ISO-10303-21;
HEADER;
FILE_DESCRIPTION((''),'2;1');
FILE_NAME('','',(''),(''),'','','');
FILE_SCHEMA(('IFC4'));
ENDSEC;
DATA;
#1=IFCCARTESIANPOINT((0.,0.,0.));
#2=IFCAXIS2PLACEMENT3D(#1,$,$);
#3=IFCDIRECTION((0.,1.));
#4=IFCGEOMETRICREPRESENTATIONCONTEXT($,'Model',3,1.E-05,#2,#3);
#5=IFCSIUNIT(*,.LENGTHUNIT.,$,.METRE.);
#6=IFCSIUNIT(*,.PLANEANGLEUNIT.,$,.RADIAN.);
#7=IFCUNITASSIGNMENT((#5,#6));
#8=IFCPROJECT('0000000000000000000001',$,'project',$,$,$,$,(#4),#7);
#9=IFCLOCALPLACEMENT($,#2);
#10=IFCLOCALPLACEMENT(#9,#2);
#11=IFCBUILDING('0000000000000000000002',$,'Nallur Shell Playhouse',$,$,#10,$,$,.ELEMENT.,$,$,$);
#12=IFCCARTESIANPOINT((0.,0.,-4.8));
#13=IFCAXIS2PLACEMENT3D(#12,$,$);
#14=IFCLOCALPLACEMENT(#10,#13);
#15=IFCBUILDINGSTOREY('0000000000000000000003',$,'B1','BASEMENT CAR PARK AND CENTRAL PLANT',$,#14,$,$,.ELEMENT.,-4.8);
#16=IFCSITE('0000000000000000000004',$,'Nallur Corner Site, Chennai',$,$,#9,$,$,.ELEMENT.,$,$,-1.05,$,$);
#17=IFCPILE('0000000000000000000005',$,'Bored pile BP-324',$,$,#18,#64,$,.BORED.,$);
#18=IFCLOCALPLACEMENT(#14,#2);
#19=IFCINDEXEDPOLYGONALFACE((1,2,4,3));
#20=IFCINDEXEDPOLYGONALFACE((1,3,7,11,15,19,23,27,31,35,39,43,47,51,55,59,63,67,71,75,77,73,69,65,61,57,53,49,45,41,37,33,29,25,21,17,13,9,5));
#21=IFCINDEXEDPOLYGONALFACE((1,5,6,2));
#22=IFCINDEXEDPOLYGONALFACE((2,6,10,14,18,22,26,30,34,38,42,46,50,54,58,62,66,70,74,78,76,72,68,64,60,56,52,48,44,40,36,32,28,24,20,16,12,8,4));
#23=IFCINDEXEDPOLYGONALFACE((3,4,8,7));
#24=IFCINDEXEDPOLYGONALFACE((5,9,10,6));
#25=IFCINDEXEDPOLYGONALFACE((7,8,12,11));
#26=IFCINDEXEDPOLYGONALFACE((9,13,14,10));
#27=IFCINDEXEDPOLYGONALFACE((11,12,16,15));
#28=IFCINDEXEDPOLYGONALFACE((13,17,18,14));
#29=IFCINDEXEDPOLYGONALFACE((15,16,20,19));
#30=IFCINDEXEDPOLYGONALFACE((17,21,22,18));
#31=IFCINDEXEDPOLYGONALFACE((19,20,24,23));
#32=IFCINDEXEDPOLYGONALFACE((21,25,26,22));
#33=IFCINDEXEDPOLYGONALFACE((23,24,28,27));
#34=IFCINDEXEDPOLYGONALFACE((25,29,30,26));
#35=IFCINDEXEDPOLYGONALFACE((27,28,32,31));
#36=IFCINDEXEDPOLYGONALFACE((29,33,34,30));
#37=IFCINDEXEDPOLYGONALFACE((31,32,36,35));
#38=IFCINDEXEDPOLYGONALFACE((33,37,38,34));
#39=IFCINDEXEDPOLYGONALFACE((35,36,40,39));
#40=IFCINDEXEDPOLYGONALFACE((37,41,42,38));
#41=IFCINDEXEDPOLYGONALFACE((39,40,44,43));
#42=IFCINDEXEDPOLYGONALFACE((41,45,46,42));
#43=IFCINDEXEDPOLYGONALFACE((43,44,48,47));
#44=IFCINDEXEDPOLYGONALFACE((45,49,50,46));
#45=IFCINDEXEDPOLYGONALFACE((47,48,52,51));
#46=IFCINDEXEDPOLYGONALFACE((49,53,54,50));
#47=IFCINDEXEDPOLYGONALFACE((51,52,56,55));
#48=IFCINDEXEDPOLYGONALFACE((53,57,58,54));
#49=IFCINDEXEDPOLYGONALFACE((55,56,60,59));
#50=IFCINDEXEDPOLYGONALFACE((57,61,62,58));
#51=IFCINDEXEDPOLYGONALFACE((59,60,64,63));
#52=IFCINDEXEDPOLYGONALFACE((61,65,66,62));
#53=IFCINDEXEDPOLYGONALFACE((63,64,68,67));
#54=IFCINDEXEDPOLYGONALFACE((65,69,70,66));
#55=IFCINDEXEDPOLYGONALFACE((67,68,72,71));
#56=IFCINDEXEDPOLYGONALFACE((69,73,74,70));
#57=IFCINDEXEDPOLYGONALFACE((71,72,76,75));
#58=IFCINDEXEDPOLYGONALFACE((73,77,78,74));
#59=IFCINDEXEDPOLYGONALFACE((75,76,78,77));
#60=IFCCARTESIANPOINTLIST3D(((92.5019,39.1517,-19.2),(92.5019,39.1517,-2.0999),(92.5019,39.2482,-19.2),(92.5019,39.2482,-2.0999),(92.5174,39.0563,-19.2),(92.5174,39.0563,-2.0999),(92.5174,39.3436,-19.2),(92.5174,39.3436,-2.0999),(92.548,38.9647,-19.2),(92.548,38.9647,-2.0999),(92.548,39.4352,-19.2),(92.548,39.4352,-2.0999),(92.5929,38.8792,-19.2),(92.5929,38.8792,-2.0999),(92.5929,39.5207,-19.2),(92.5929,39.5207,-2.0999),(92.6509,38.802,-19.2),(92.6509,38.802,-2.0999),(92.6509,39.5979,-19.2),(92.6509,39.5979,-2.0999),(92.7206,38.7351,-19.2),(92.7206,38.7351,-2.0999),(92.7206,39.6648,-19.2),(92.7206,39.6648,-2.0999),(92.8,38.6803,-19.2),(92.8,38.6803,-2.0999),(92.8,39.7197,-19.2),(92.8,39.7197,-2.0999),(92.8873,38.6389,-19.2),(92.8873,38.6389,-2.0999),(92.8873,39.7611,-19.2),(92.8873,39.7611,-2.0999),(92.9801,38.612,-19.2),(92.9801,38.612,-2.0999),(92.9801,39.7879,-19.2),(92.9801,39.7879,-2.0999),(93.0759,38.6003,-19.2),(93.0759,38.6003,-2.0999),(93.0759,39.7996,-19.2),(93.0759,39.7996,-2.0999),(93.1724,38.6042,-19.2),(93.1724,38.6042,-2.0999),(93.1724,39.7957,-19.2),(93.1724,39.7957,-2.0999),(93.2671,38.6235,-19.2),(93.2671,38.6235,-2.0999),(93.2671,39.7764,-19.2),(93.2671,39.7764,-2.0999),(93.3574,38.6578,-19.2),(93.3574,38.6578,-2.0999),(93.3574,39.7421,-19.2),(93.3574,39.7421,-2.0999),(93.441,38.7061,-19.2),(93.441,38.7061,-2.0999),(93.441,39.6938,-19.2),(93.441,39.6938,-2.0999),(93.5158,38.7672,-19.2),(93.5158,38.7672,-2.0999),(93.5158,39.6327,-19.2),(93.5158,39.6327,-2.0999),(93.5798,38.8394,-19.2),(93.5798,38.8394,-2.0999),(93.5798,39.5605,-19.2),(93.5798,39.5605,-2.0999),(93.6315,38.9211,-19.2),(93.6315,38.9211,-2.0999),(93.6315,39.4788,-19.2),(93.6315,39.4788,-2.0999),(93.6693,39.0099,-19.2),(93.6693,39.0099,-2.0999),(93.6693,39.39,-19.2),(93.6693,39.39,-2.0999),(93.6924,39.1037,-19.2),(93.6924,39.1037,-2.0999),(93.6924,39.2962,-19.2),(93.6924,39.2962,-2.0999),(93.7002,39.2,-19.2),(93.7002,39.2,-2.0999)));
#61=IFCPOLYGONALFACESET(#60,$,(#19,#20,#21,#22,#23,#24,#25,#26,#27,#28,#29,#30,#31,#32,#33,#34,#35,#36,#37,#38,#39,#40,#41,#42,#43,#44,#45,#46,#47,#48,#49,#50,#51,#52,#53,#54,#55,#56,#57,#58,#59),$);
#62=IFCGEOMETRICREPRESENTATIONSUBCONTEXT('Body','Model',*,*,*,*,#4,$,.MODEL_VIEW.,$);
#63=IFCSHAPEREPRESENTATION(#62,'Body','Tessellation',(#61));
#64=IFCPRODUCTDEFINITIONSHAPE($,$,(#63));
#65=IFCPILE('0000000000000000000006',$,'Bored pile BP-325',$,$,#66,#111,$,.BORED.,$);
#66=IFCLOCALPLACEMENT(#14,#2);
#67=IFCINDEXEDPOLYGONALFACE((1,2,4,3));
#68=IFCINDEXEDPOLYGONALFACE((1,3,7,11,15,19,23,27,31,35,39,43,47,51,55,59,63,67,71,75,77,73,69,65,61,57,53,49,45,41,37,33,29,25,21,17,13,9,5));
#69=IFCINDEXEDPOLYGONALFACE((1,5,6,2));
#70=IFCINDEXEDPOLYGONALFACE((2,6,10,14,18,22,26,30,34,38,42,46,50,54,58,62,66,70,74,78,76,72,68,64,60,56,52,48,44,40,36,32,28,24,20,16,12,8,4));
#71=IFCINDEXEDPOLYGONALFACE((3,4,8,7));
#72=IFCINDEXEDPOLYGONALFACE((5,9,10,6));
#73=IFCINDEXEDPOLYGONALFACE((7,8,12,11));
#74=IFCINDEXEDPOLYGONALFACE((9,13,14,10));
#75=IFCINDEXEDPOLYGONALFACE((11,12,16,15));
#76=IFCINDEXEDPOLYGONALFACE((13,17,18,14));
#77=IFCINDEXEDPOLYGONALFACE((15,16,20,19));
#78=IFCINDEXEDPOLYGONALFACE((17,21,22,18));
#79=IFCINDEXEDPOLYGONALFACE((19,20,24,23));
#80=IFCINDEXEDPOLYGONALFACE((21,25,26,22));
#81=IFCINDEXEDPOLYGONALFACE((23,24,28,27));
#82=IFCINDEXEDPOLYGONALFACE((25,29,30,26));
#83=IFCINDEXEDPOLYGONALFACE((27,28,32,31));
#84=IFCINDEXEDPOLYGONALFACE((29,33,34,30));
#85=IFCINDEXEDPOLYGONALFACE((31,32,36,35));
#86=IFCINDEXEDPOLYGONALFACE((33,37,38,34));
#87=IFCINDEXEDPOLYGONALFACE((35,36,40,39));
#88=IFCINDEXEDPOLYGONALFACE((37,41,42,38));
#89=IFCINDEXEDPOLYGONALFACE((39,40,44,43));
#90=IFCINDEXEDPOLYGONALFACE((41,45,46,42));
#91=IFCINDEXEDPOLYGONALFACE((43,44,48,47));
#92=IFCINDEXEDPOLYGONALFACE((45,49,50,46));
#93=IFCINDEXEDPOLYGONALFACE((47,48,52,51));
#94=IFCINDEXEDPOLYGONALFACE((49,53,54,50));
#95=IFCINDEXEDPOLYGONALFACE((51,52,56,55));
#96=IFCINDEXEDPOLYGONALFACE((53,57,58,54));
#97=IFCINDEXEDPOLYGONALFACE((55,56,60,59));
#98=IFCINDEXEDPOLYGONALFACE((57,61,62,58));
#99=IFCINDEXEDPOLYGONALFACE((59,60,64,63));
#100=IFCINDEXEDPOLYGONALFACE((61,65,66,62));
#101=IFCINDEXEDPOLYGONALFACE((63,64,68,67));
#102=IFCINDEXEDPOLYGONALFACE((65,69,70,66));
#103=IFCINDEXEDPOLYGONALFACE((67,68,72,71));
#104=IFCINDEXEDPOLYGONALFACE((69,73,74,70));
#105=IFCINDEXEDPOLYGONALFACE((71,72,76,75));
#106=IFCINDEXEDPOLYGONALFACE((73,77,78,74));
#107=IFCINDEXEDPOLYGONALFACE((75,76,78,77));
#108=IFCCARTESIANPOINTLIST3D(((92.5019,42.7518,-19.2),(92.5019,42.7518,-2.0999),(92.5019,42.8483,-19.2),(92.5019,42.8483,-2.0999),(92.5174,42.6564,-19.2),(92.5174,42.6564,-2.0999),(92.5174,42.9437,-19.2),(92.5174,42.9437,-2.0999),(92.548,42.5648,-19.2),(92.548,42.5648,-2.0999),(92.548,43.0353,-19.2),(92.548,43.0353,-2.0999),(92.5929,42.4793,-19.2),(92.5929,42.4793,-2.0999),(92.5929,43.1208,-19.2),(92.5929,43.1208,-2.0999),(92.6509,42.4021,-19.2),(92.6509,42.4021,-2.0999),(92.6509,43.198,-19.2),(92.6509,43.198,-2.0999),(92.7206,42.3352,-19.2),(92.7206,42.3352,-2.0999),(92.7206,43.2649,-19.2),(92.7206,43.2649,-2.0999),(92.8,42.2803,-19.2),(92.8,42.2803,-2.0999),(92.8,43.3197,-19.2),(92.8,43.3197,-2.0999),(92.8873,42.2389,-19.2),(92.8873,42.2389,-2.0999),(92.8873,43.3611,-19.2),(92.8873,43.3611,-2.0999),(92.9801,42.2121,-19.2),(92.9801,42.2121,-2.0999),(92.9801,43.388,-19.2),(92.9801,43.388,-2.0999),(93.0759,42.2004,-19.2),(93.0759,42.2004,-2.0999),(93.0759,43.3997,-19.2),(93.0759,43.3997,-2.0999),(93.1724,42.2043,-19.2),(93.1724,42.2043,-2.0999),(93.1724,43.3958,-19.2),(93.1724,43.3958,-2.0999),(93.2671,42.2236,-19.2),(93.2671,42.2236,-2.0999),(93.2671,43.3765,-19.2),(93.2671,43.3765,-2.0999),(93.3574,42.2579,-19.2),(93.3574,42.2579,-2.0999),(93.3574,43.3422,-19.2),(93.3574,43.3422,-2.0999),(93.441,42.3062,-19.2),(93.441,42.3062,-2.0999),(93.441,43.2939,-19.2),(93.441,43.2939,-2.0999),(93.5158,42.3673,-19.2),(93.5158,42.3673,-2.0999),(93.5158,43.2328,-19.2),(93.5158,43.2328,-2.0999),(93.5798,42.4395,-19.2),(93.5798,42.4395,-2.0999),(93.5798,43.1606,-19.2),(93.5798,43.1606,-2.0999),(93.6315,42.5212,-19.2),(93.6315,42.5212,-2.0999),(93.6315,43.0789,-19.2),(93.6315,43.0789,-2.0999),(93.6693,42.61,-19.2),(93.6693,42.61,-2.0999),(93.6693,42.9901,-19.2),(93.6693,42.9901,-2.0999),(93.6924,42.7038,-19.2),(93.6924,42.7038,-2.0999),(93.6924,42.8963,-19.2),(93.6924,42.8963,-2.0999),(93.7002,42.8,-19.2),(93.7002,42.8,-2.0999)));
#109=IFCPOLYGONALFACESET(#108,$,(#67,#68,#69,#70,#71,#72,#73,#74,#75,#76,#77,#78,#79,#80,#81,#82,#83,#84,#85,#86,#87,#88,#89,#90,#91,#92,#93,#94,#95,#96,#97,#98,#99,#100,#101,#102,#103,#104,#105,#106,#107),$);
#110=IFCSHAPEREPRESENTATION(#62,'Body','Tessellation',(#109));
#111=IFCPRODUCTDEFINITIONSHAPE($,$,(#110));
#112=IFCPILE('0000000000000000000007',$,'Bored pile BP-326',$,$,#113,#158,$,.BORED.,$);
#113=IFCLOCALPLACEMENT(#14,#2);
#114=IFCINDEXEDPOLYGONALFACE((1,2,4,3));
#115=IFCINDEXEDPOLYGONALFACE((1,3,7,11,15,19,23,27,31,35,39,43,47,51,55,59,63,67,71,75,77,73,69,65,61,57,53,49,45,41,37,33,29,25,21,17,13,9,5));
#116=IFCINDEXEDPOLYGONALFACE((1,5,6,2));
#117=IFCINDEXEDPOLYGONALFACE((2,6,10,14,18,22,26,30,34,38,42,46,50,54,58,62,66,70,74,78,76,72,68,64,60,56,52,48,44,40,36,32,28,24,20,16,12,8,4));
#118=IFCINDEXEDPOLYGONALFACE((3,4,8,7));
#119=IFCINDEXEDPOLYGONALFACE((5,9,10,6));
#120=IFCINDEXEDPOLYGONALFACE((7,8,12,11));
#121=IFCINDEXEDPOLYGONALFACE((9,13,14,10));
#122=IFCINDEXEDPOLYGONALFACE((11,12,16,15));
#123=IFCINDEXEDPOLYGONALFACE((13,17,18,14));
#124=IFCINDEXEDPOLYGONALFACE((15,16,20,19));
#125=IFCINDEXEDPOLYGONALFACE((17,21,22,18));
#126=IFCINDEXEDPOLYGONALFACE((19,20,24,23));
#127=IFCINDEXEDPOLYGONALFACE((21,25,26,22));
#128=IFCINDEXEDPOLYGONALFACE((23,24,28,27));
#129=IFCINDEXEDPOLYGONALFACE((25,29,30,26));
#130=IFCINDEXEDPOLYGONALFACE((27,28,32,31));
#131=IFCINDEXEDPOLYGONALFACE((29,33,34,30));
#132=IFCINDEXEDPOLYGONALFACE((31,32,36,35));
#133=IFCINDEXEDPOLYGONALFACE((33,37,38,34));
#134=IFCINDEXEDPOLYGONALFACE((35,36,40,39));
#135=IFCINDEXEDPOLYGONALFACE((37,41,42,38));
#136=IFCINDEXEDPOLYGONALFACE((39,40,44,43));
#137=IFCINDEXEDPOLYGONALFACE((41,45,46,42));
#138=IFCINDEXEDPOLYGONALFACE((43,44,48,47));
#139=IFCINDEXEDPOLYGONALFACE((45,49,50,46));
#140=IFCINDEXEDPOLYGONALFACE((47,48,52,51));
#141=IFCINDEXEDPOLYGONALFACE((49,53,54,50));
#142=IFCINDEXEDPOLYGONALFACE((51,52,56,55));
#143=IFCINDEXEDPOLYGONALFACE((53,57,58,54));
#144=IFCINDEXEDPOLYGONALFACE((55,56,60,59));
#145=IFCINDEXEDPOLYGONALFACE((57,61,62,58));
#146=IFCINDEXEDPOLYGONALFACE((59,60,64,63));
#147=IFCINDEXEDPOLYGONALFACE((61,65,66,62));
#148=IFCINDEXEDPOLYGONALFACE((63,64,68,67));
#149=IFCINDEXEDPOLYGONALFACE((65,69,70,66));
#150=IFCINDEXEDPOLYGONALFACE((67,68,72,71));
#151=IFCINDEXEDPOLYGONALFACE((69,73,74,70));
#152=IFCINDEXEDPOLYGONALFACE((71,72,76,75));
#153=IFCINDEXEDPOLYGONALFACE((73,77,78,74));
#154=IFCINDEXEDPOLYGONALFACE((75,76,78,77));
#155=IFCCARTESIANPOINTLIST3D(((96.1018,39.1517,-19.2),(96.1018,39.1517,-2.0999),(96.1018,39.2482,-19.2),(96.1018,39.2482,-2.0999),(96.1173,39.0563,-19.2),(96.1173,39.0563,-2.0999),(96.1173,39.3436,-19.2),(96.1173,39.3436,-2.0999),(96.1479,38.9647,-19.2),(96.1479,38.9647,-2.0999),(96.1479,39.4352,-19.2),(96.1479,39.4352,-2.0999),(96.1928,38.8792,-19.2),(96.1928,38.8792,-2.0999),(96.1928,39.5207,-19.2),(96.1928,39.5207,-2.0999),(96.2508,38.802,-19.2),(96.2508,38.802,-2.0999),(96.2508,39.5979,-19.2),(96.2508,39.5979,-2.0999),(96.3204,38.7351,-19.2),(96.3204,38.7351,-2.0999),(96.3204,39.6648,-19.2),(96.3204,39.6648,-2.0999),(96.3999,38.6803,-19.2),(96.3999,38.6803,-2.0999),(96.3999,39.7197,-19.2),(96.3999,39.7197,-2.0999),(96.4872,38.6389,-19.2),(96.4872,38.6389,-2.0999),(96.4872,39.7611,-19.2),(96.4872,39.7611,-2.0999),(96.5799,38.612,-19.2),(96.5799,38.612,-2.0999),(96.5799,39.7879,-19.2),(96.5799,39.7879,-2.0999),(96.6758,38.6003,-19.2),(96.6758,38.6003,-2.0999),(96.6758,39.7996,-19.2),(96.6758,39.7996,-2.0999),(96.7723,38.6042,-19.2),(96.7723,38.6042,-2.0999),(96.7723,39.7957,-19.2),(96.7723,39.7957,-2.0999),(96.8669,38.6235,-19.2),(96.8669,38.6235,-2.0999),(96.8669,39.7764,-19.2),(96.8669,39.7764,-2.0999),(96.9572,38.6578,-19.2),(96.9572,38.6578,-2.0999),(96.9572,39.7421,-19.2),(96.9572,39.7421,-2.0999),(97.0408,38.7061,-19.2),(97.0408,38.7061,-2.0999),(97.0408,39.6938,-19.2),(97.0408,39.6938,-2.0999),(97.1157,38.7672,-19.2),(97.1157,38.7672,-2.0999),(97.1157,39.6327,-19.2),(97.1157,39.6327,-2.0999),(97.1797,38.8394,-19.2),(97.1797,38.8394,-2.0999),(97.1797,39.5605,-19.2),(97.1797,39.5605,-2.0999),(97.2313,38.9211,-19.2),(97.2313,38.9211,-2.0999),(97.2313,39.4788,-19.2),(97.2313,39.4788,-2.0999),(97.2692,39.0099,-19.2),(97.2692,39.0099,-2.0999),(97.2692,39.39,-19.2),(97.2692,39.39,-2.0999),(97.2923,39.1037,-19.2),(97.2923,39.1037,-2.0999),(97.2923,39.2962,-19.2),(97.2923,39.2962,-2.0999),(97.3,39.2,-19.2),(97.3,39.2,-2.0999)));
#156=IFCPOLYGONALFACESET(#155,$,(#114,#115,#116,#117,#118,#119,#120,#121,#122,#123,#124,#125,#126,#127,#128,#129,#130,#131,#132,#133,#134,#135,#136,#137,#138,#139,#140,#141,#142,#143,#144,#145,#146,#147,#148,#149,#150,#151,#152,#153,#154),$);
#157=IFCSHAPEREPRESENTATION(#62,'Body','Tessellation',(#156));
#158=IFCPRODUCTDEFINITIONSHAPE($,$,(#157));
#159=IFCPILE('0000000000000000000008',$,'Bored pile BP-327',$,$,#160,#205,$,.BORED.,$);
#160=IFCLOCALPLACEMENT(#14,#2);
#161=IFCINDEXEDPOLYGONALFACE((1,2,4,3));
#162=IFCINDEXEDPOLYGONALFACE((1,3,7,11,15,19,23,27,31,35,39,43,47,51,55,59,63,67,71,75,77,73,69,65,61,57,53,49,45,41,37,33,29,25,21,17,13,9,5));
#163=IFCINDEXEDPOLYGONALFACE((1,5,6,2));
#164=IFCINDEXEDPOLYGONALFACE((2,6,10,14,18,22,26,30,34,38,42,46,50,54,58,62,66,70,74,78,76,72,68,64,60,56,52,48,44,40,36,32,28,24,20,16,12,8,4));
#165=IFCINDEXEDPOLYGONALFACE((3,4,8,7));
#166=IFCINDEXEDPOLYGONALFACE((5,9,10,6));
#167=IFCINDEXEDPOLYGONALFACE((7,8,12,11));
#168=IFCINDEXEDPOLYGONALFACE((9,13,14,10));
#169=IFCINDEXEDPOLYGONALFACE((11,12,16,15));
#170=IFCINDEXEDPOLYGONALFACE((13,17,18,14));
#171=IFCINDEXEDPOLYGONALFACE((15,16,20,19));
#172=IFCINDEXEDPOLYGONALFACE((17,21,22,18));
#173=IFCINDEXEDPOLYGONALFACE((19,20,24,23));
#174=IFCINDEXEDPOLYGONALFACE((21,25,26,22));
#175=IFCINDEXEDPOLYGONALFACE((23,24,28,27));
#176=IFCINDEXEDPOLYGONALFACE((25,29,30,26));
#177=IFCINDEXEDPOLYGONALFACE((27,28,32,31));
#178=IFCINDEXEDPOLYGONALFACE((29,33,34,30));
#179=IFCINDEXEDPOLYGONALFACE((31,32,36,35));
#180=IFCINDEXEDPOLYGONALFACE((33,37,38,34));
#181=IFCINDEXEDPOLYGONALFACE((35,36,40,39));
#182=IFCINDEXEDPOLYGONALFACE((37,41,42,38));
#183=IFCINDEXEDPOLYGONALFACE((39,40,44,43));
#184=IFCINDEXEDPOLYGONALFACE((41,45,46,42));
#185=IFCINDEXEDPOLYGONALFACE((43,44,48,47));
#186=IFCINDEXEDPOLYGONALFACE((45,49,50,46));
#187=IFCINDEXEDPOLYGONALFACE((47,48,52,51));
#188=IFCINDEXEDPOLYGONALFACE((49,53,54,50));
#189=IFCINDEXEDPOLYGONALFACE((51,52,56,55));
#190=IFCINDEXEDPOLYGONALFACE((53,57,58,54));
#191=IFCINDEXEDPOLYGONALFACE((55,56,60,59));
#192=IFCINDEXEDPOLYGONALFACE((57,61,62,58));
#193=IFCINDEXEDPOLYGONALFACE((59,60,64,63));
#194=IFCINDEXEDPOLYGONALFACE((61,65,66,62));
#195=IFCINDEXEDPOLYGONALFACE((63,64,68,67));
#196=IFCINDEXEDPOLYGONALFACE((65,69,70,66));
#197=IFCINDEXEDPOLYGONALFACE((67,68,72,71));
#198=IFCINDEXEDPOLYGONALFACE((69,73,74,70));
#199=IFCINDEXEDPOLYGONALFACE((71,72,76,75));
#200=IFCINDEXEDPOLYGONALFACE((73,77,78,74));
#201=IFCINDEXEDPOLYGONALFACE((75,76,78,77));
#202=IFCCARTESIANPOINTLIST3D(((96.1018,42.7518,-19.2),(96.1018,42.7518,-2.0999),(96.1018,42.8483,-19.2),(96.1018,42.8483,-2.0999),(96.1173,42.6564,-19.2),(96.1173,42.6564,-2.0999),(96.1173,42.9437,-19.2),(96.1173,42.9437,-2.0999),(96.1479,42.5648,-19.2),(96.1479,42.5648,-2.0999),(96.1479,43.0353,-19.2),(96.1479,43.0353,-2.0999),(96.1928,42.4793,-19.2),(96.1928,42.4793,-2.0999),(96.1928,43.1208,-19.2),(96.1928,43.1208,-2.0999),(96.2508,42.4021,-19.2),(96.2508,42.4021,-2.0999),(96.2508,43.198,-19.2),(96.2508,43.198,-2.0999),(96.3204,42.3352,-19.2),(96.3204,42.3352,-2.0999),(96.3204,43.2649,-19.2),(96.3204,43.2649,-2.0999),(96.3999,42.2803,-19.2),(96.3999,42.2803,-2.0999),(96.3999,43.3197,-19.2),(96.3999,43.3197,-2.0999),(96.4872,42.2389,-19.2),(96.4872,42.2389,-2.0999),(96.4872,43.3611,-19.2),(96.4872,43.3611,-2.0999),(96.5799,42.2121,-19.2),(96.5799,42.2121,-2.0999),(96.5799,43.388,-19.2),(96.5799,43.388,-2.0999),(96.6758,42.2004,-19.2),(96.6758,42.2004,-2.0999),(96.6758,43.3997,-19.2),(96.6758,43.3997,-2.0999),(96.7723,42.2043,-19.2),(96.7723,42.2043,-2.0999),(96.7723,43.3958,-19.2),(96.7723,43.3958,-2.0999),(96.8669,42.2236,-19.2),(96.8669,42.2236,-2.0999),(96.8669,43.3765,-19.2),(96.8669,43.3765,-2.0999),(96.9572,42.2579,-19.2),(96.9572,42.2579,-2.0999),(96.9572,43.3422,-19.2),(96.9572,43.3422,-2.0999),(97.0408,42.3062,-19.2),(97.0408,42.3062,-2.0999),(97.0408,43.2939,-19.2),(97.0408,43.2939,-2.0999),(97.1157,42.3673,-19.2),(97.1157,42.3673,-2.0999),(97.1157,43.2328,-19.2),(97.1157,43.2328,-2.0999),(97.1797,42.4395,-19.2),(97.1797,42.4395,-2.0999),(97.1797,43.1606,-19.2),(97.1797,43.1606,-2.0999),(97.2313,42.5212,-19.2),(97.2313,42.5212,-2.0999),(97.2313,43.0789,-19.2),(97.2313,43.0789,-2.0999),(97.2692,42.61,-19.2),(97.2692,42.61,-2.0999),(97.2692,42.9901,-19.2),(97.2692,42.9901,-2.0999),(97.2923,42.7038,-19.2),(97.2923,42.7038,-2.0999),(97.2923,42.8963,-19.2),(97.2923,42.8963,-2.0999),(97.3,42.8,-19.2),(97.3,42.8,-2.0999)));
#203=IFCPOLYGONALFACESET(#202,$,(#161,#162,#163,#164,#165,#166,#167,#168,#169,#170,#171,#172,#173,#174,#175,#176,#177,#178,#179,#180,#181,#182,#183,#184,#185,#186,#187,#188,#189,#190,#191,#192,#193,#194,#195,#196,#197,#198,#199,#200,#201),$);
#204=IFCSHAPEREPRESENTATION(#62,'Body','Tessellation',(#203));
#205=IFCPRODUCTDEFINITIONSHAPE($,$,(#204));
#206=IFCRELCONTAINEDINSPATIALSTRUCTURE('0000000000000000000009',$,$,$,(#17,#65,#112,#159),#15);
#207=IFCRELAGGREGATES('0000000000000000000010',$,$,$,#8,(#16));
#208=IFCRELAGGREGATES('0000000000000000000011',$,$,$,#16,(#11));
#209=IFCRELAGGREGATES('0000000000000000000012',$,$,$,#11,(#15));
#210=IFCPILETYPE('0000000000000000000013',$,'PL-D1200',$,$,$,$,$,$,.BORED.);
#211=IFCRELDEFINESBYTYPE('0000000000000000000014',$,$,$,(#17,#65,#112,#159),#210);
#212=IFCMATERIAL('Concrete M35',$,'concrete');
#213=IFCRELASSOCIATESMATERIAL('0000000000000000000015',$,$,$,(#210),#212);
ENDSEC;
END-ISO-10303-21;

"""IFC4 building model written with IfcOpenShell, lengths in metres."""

from ifc_helpers import new_model, si_unit, direction, frame, origin, origin_2d, place, context, subcontext, project, spatial, circle, extrude, material, material_profile, profile_set, type_object, element, save


model = new_model("IFC4")

# Units and contexts
model_context = context("Model", 3, precision=1e-05, world=origin(), true_north=direction((0.0, 1.0)))
body_context = subcontext(model_context, "Body", "Model", "MODEL_VIEW")
ifc_project = project(units=[si_unit("LENGTHUNIT", "METRE"), si_unit("PLANEANGLEUNIT", "RADIAN")], contexts=[model_context])

# Site, building, storey
site_placement = place(None, origin())
site = spatial("IfcSite", under=ifc_project, at=site_placement, Name="Nallur Corner Site, Chennai", CompositionType="ELEMENT", RefElevation=-1.05)
building_placement = place(site_placement, origin())
building = spatial("IfcBuilding", under=site, at=building_placement, Name="Nallur Shell Playhouse", CompositionType="ELEMENT")
storey_placement = place(building_placement, frame((0.0, 0.0, -4.8)))
storey = spatial("IfcBuildingStorey", under=building, at=storey_placement, Name="B1", Description="BASEMENT CAR PARK AND CENTRAL PLANT", CompositionType="ELEMENT", Elevation=-4.8)

# Shared definitions
ifc_material_1 = material(Name="Concrete M35", Category="concrete")

# Piles
ifc_material_profile_1 = material_profile(ifc_material_1, circle(Radius=0.6001, at=origin_2d()), Name="BORED PILE D1200")
ifc_profile_set_1 = profile_set([ifc_material_profile_1], Name="Concrete M35")
pile_type_1 = type_object("IfcPileType", Name="PL-D1200", PredefinedType="BORED", material=ifc_profile_set_1)
for number, where, z_axis, x_axis, name in (
    (1, (93.1001, 39.2, -2.0999), (0.0, 0.0, -1.0), (1.0, 0.0, 0.0), "Bored pile BP-324"),
    (2, (93.1001, 42.8, -2.0999), (0.0, 0.0, -1.0), (1.0, 0.0, 0.0), "Bored pile BP-325"),
    (3, (96.7, 39.2, -2.0999), (0.0, 0.0, -1.0), (1.0, 0.0, 0.0), "Bored pile BP-326"),
    (4, (96.7, 42.8, -2.0999), (0.0, 0.0, -1.0), (1.0, 0.0, 0.0), "Bored pile BP-327"),
):
    element("IfcPile", number, at=place(storey_placement, frame(where, z_axis=z_axis, x_axis=x_axis)), inside=storey, type_object=pile_type_1, Name=name, PredefinedType="BORED", context=body_context, shape_type="SweptSolid", body=[
        extrude(circle(Radius=0.6001, at=origin_2d()), origin(), (0.0, 0.0, 1.0), 17.1001),
    ])

save(model, "model.ifc")
